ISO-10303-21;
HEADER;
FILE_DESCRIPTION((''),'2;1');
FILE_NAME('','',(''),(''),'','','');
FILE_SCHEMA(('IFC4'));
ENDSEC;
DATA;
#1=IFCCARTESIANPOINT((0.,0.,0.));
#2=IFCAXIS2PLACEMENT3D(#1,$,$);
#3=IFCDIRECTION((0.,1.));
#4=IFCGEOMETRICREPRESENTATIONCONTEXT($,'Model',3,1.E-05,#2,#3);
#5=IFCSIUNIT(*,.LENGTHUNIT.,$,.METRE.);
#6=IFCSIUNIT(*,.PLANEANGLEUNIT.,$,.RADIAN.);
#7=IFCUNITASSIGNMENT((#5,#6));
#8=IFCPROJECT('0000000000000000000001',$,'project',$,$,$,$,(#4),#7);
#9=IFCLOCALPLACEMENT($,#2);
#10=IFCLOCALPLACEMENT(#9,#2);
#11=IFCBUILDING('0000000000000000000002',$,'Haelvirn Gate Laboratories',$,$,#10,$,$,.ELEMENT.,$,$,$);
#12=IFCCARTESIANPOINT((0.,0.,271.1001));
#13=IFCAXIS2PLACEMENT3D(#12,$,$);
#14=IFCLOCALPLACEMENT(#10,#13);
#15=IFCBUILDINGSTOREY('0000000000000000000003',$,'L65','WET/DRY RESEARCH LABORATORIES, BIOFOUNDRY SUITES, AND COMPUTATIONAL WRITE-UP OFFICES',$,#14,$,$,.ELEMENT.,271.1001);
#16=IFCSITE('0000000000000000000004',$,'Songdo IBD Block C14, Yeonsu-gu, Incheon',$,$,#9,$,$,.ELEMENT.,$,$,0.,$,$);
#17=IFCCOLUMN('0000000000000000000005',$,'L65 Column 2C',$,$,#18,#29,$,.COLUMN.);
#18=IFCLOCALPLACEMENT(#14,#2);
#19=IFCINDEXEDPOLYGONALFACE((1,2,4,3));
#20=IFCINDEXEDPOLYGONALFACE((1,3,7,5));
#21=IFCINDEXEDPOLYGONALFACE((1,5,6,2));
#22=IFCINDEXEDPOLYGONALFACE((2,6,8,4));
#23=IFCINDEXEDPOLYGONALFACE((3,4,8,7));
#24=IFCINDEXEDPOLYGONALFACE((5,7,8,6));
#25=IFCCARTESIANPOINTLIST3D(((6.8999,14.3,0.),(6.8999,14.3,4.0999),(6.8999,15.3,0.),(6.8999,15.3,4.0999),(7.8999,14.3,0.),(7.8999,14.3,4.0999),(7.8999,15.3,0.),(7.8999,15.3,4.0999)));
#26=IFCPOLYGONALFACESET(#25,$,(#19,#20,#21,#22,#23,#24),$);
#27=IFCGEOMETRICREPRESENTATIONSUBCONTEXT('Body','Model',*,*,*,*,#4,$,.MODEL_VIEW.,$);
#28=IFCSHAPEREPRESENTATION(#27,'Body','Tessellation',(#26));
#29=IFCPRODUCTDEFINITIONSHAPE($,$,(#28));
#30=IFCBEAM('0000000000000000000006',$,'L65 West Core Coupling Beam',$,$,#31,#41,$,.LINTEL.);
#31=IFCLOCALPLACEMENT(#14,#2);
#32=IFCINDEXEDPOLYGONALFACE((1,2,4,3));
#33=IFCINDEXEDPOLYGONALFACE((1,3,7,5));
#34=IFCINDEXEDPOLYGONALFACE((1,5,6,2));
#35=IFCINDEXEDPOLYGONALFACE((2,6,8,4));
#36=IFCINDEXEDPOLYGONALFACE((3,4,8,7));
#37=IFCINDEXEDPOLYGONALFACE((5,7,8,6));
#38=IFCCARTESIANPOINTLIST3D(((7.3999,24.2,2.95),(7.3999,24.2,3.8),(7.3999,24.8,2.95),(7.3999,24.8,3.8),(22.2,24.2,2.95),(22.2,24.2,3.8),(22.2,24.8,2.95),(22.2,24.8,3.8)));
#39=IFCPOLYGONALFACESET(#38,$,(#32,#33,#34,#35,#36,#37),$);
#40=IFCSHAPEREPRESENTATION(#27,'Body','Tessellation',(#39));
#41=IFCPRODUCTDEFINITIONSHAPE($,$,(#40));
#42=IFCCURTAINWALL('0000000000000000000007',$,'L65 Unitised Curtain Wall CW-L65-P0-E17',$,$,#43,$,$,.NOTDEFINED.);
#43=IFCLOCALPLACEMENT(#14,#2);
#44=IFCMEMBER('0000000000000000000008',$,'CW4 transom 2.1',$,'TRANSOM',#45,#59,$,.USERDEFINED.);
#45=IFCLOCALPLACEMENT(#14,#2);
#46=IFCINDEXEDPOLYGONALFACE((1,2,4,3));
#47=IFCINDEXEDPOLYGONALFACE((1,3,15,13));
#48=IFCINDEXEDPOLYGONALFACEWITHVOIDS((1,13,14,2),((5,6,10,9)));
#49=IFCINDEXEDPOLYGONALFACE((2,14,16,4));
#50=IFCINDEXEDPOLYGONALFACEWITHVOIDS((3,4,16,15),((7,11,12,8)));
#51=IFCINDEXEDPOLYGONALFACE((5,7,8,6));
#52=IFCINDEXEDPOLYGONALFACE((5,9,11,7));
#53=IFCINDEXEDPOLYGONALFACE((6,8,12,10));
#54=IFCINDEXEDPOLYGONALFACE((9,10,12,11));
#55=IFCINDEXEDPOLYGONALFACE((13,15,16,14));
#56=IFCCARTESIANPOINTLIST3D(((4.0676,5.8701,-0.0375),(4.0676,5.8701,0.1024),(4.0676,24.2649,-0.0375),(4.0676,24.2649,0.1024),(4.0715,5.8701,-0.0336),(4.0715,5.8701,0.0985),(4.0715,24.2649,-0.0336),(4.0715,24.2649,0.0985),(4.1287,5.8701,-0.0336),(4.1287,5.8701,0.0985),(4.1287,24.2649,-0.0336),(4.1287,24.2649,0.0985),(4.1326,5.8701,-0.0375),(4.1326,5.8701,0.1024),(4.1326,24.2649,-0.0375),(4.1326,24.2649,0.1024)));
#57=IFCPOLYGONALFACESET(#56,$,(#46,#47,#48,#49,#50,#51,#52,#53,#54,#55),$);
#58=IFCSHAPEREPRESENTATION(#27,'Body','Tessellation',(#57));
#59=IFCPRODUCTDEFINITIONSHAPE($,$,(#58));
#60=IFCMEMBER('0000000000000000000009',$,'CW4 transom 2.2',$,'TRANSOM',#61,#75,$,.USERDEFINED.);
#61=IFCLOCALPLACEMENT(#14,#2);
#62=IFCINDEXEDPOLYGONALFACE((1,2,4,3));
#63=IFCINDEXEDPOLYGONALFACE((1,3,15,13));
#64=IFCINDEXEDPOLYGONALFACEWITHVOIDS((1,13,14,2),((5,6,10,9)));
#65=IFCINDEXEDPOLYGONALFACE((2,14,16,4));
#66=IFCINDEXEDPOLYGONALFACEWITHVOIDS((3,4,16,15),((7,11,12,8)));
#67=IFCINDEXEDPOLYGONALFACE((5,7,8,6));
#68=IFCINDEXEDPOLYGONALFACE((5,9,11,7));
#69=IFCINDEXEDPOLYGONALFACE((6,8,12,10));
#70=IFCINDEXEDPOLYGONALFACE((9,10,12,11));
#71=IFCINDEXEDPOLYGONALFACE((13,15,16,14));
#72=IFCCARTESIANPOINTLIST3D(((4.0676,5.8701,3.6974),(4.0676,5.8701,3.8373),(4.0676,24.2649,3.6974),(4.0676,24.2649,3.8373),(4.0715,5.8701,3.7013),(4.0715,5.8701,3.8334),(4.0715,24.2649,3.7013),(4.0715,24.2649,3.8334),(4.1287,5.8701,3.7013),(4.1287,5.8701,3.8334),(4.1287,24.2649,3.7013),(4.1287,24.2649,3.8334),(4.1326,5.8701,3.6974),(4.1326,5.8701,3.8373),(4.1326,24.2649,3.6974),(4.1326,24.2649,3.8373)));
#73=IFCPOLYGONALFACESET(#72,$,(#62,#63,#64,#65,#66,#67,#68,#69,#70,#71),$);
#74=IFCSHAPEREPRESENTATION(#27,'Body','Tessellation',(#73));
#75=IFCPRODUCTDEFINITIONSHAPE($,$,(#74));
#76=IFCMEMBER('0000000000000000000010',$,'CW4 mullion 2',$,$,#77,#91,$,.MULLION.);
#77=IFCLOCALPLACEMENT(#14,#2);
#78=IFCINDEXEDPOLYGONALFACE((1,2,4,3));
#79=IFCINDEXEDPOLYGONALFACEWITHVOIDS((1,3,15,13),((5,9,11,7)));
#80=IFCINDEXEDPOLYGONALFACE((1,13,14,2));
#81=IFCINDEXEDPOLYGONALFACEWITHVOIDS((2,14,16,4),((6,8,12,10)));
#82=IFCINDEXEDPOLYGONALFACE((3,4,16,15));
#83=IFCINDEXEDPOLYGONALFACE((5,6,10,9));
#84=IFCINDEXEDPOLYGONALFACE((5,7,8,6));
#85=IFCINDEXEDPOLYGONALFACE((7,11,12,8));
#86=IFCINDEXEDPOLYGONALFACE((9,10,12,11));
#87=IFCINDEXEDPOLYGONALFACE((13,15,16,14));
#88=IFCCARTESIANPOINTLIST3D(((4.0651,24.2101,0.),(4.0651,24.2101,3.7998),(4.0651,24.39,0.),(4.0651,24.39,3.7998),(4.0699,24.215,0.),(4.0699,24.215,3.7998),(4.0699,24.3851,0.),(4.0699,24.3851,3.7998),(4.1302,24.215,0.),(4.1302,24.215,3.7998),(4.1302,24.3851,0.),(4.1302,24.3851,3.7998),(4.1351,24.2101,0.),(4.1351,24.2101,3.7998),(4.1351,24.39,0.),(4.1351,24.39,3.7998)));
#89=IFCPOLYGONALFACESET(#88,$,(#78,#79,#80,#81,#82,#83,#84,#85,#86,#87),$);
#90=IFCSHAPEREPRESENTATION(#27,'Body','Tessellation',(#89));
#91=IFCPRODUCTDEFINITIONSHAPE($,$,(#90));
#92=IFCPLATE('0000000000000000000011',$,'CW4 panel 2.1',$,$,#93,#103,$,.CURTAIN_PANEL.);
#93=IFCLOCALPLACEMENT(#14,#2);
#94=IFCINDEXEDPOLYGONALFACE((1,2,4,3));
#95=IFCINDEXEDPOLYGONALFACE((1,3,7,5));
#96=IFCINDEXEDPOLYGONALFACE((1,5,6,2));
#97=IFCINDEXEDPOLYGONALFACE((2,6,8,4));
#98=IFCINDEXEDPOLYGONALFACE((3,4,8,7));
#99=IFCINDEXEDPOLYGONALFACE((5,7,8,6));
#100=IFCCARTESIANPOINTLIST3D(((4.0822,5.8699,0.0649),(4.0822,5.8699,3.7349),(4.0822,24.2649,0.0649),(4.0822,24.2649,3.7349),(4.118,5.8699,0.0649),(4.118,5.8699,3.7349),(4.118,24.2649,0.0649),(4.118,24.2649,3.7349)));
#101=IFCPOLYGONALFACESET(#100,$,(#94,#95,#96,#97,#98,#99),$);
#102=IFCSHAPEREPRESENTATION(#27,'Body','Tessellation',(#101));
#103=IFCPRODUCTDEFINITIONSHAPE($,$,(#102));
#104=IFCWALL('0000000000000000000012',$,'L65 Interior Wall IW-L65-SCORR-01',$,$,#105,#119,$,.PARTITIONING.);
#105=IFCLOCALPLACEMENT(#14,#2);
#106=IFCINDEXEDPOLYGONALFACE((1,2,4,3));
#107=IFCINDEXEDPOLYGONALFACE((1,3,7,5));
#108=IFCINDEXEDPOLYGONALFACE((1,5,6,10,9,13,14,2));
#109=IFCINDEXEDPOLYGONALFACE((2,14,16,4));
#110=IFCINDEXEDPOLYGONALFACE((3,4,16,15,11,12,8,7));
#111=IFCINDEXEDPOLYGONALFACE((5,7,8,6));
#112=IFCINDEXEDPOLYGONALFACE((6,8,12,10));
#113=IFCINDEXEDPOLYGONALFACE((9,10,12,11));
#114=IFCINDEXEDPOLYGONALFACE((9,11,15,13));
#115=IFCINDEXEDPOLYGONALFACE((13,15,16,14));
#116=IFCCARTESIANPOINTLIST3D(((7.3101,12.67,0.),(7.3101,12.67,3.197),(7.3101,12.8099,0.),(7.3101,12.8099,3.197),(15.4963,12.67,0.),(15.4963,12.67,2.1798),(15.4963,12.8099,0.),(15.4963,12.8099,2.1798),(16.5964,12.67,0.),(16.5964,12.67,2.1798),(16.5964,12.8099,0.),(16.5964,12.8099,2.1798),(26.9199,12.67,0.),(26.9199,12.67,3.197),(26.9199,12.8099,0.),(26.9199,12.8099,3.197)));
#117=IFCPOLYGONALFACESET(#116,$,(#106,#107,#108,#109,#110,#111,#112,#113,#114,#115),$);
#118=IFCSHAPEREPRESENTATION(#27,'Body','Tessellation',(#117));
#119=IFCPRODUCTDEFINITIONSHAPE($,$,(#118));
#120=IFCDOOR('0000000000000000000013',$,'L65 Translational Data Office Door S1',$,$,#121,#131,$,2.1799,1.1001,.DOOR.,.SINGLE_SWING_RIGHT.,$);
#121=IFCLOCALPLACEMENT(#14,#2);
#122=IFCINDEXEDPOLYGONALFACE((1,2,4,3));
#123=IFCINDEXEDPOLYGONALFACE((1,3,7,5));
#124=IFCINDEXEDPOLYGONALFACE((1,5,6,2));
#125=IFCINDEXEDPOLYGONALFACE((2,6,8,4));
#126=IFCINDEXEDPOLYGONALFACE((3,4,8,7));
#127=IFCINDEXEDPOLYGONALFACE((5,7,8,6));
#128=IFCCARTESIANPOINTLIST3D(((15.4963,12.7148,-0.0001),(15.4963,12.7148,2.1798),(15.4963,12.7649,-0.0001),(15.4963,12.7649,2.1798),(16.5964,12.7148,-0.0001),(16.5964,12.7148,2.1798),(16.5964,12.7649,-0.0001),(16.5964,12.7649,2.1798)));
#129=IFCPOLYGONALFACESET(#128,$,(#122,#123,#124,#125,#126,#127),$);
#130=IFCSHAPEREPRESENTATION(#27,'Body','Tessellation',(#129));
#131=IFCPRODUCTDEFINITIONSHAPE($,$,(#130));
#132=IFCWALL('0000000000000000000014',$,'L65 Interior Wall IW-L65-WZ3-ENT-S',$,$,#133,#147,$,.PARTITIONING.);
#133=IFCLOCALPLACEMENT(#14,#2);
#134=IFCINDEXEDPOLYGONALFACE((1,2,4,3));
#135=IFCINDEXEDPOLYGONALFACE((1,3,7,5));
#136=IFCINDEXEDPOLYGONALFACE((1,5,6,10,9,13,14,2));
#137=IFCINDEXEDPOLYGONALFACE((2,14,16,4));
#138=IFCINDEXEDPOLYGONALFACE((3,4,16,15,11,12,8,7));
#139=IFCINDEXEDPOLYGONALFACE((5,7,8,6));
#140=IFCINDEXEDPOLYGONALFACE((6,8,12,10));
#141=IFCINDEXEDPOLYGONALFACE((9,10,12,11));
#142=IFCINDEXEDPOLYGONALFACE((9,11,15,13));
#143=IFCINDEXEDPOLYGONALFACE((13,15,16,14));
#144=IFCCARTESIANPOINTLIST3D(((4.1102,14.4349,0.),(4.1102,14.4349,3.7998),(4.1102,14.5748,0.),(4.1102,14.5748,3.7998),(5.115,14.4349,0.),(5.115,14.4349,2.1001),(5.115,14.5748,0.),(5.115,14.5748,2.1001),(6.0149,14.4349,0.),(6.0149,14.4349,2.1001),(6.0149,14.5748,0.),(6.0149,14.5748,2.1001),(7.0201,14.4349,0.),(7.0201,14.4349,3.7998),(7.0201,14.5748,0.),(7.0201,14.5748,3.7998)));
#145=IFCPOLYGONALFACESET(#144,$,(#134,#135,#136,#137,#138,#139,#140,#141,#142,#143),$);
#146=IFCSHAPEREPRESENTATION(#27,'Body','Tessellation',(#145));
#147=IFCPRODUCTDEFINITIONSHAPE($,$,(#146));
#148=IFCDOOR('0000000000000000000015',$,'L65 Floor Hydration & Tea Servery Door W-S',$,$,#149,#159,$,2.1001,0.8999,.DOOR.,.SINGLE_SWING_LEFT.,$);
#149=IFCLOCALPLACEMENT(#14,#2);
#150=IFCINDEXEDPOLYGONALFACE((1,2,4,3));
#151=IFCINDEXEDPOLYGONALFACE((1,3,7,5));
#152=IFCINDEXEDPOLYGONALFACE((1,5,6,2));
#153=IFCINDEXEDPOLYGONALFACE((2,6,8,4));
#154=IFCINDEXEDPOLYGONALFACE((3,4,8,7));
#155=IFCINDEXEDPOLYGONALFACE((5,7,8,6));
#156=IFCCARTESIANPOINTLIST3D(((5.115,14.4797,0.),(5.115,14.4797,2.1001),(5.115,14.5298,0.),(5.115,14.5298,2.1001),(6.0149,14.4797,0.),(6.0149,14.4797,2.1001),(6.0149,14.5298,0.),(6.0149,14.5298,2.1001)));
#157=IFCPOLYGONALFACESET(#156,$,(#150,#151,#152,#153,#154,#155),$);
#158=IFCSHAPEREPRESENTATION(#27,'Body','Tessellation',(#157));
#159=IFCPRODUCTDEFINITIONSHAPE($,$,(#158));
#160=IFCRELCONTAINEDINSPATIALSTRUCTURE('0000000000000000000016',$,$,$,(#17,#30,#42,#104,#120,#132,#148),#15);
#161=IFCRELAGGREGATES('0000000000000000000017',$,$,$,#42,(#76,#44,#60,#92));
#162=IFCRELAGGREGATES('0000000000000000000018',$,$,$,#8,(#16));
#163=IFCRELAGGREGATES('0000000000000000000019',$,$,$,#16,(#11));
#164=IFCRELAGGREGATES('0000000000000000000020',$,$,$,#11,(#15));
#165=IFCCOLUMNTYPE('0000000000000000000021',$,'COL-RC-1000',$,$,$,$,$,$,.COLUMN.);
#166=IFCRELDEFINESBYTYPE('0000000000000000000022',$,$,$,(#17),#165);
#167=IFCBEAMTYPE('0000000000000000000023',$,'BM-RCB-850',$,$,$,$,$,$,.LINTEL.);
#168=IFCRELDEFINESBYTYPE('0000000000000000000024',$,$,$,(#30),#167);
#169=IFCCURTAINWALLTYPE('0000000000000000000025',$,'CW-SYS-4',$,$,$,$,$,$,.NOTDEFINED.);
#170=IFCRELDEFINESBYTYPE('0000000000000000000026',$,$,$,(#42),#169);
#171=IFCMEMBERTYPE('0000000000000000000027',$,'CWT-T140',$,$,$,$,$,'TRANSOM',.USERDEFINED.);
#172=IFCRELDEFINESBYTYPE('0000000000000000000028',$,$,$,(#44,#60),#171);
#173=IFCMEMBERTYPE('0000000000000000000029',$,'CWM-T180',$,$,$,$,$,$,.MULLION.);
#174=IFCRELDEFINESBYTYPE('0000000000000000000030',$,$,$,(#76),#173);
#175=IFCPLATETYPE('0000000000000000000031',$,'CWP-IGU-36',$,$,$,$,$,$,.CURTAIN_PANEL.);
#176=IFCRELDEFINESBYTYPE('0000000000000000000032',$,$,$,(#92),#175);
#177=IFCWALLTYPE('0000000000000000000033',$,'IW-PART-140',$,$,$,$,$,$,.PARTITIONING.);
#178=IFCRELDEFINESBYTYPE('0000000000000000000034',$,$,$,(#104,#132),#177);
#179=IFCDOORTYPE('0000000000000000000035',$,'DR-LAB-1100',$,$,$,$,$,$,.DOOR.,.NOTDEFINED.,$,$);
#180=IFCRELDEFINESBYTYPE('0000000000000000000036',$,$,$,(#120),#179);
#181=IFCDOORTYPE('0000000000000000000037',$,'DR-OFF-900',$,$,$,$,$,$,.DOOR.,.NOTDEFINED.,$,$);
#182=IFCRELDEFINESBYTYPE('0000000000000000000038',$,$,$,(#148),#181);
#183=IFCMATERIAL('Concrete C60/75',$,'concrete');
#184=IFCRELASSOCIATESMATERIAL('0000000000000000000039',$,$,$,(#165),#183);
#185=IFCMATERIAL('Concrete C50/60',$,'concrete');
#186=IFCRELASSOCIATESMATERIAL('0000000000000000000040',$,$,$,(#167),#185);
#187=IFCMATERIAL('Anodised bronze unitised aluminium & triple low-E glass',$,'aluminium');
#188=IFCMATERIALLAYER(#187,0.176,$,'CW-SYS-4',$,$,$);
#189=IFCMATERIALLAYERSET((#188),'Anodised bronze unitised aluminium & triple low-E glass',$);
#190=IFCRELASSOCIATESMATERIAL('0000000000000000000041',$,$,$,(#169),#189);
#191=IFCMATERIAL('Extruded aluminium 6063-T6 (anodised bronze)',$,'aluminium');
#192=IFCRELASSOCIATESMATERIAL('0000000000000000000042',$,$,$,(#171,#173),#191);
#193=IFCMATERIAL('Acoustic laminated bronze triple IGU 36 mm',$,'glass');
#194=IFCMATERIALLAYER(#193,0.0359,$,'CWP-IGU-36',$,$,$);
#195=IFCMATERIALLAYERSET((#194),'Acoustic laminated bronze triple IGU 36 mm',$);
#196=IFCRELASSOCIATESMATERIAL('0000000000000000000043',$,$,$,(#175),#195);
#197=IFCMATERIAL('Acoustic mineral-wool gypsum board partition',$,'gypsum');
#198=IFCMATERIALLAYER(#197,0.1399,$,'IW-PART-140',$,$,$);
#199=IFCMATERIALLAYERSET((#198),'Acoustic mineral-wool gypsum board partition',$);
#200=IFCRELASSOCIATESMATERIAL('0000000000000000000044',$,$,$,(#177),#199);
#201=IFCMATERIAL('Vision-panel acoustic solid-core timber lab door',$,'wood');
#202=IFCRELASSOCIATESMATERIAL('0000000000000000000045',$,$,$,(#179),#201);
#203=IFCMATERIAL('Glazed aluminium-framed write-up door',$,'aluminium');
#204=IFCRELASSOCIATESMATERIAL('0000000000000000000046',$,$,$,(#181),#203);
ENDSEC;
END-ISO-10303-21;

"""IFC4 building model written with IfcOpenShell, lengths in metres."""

from ifc_helpers import new_model, si_unit, direction, frame, frame_2d, origin, origin_2d, place, context, subcontext, project, spatial, rectangle, hollow_rectangle, extrude, source, transform, mapped, material, layer, layer_set, material_profile, profile_set, type_object, type_shapes, element, fill, aggregate, save


model = new_model("IFC4")

# Units and contexts
model_context = context("Model", 3, precision=1e-05, world=origin(), true_north=direction((0.0, 1.0)))
body_context = subcontext(model_context, "Body", "Model", "MODEL_VIEW")
ifc_project = project(units=[si_unit("LENGTHUNIT", "METRE"), si_unit("PLANEANGLEUNIT", "RADIAN")], contexts=[model_context])

# Site, building, storey
site_placement = place(None, origin())
site = spatial("IfcSite", under=ifc_project, at=site_placement, Name="Songdo IBD Block C14, Yeonsu-gu, Incheon", CompositionType="ELEMENT", RefElevation=0.0)
building_placement = place(site_placement, origin())
building = spatial("IfcBuilding", under=site, at=building_placement, Name="Haelvirn Gate Laboratories", CompositionType="ELEMENT")
storey_placement = place(building_placement, frame((0.0, 0.0, 271.1001)))
storey = spatial("IfcBuildingStorey", under=building, at=storey_placement, Name="L65", Description="WET/DRY RESEARCH LABORATORIES, BIOFOUNDRY SUITES, AND COMPUTATIONAL WRITE-UP OFFICES", CompositionType="ELEMENT", Elevation=271.1001)

# Column
ifc_material_1 = material(Name="Concrete C60/75", Category="concrete")
ifc_material_profile_1 = material_profile(ifc_material_1, rectangle(XDim=1.0, YDim=1.0, at=origin_2d()), Name="RC-1000x1000")
ifc_profile_set_1 = profile_set([ifc_material_profile_1], Name="Concrete C60/75")
column_type = type_object("IfcColumnType", Name="COL-RC-1000", PredefinedType="COLUMN", material=ifc_profile_set_1)
shared_shape_1 = source(origin(), body_context, "Body", "SweptSolid", [
    extrude(rectangle(XDim=1.0, YDim=1.0, at=origin_2d()), origin(), (0.0, 0.0, 1.0), 4.0999),
])
type_shapes(column_type, [shared_shape_1])
column_placement = place(storey_placement, frame((7.3999, 14.8, 0.0), z_axis=(0.0, 0.0, 1.0), x_axis=(1.0, 0.0, 0.0)))
element("IfcColumn", 1, at=column_placement, inside=storey, type_object=column_type, Name="L65 Column 2C", PredefinedType="COLUMN", context=body_context, shape_type="MappedRepresentation", body=[
    mapped(shared_shape_1, transform((0.0, 0.0, 0.0), scale=1.0)),
])

# Beam
ifc_material_2 = material(Name="Concrete C50/60", Category="concrete")
ifc_material_profile_2 = material_profile(ifc_material_2, rectangle(XDim=0.6001, YDim=0.8501, at=origin_2d()), Name="RCB-600x850")
ifc_profile_set_2 = profile_set([ifc_material_profile_2], Name="Concrete C50/60")
beam_type = type_object("IfcBeamType", Name="BM-RCB-850", PredefinedType="LINTEL", material=ifc_profile_set_2)
shared_shape_2 = source(origin(), body_context, "Body", "SweptSolid", [
    extrude(rectangle(XDim=0.6001, YDim=0.8501, at=origin_2d()), origin(), (0.0, 0.0, 1.0), 14.8),
])
type_shapes(beam_type, [shared_shape_2])
beam_placement = place(storey_placement, frame((7.3999, 24.5, 3.375), z_axis=(1.0, 0.0, 0.0), x_axis=(0.0, 1.0, 0.0)))
element("IfcBeam", 2, at=beam_placement, inside=storey, type_object=beam_type, Name="L65 West Core Coupling Beam", PredefinedType="LINTEL", context=body_context, shape_type="MappedRepresentation", body=[
    mapped(shared_shape_2, transform((0.0, 0.0, 0.0), scale=1.0)),
])

# Curtain wall, members, plate
ifc_material_3 = material(Name="Anodised bronze unitised aluminium & triple low-E glass", Category="aluminium")
ifc_layer_1 = layer(ifc_material_3, 0.176, Name="CW-SYS-4")
ifc_layer_set_1 = layer_set([ifc_layer_1], Name="Anodised bronze unitised aluminium & triple low-E glass")
curtain_wall_type = type_object("IfcCurtainWallType", Name="CW-SYS-4", PredefinedType="NOTDEFINED", material=ifc_layer_set_1)
curtain_wall_placement = place(storey_placement, origin())
curtain_wall = element("IfcCurtainWall", 3, at=curtain_wall_placement, inside=storey, type_object=curtain_wall_type, Name="L65 Unitised Curtain Wall CW-L65-P0-E17", PredefinedType="NOTDEFINED")
ifc_material_4 = material(Name="Extruded aluminium 6063-T6 (anodised bronze)", Category="aluminium")
ifc_material_profile_3 = material_profile(ifc_material_4, hollow_rectangle(XDim=0.0649, YDim=0.1399, WallThickness=0.0039, at=origin_2d()), Name="CWT-140x65x4")
ifc_profile_set_3 = profile_set([ifc_material_profile_3], Name="Extruded aluminium 6063-T6 (anodised bronze)")
member_type_1 = type_object("IfcMemberType", Name="CWT-T140", ElementType="TRANSOM", PredefinedType="USERDEFINED", material=ifc_profile_set_3)
shared_shape_3 = source(origin(), body_context, "Body", "SweptSolid", [
    extrude(hollow_rectangle(XDim=0.0649, YDim=0.1399, WallThickness=0.0039, at=origin_2d()), origin(), (0.0, 0.0, 1.0), 18.3948),
])
type_shapes(member_type_1, [shared_shape_3])
member_1_placement = place(storey_placement, frame((4.1001, 24.2649, 0.0325), z_axis=(0.0, -1.0, 0.0), x_axis=(1.0, 0.0, 0.0)))
member_1 = element("IfcMember", 4, at=member_1_placement, type_object=member_type_1, Name="CW4 transom 2.1", ObjectType="TRANSOM", PredefinedType="USERDEFINED", context=body_context, shape_type="MappedRepresentation", body=[
    mapped(shared_shape_3, transform((0.0, 0.0, 0.0), scale=1.0)),
])
member_2_placement = place(storey_placement, frame((4.1001, 24.2649, 3.7673), z_axis=(0.0, -1.0, 0.0), x_axis=(1.0, 0.0, 0.0)))
member_2 = element("IfcMember", 5, at=member_2_placement, type_object=member_type_1, Name="CW4 transom 2.2", ObjectType="TRANSOM", PredefinedType="USERDEFINED", context=body_context, shape_type="MappedRepresentation", body=[
    mapped(shared_shape_3, transform((0.0, 0.0, 0.0), scale=1.0)),
])
ifc_material_profile_4 = material_profile(ifc_material_4, hollow_rectangle(XDim=0.0701, YDim=0.1799, WallThickness=0.0049, at=origin_2d()), Name="CWM-180x70x5")
ifc_profile_set_4 = profile_set([ifc_material_profile_4], Name="Extruded aluminium 6063-T6 (anodised bronze)")
member_type_2 = type_object("IfcMemberType", Name="CWM-T180", PredefinedType="MULLION", material=ifc_profile_set_4)
shared_shape_4 = source(origin(), body_context, "Body", "SweptSolid", [
    extrude(hollow_rectangle(XDim=0.0701, YDim=0.1799, WallThickness=0.0049, at=origin_2d()), origin(), (0.0, 0.0, 1.0), 3.7998),
])
type_shapes(member_type_2, [shared_shape_4])
member_3_placement = place(storey_placement, frame((4.1001, 24.3, 0.0), z_axis=(0.0, 0.0, 1.0), x_axis=(1.0, 0.0, 0.0)))
member_3 = element("IfcMember", 6, at=member_3_placement, type_object=member_type_2, Name="CW4 mullion 2", PredefinedType="MULLION", context=body_context, shape_type="MappedRepresentation", body=[
    mapped(shared_shape_4, transform((0.0, 0.0, 0.0), scale=1.0)),
])
ifc_material_5 = material(Name="Acoustic laminated bronze triple IGU 36 mm", Category="glass")
ifc_layer_2 = layer(ifc_material_5, 0.0359, Name="CWP-IGU-36")
ifc_layer_set_2 = layer_set([ifc_layer_2], Name="Acoustic laminated bronze triple IGU 36 mm")
plate_type = type_object("IfcPlateType", Name="CWP-IGU-36", PredefinedType="CURTAIN_PANEL", material=ifc_layer_set_2)
shared_shape_5 = source(origin(), body_context, "Body", "SweptSolid", [
    extrude(rectangle(XDim=18.395, YDim=0.0359, at=origin_2d()), origin(), (0.0, 0.0, 1.0), 3.6699),
])
type_shapes(plate_type, [shared_shape_5])
plate_placement = place(storey_placement, frame((4.1001, 15.0674, 0.0649), z_axis=(0.0, 0.0, 1.0), x_axis=(0.0, -1.0, 0.0)))
plate = element("IfcPlate", 7, at=plate_placement, type_object=plate_type, Name="CW4 panel 2.1", PredefinedType="CURTAIN_PANEL", context=body_context, shape_type="MappedRepresentation", body=[
    mapped(shared_shape_5, transform((0.0, 0.0, 0.0), scale=1.0)),
])
aggregate(curtain_wall, [member_3, member_1, member_2, plate])

# Walls, openings, doors
ifc_material_6 = material(Name="Acoustic mineral-wool gypsum board partition", Category="gypsum")
ifc_layer_3 = layer(ifc_material_6, 0.1399, Name="IW-PART-140")
ifc_layer_set_3 = layer_set([ifc_layer_3], Name="Acoustic mineral-wool gypsum board partition")
wall_type_1 = type_object("IfcWallType", Name="IW-PART-140", PredefinedType="PARTITIONING", material=ifc_layer_set_3)
wall_1_placement = place(storey_placement, frame((7.3101, 12.74, 0.0), z_axis=(0.0, 0.0, 1.0), x_axis=(1.0, 0.0, 0.0)))
wall_1 = element("IfcWall", 8, at=wall_1_placement, inside=storey, type_object=wall_type_1, Name="L65 Interior Wall IW-L65-SCORR-01", PredefinedType="PARTITIONING", context=body_context, shape_type="SweptSolid", body=[
    extrude(rectangle(XDim=19.6099, YDim=0.1399, at=frame_2d((9.8049, 0.0))), origin(), (0.0, 0.0, 1.0), 3.197),
])
opening_1_placement = place(wall_1_placement, frame((8.1863, 0.0, 0.0)))
opening_1 = element("IfcOpeningElement", 9, at=opening_1_placement, cuts=wall_1, PredefinedType="OPENING", context=body_context, shape_type="SweptSolid", body=[
    extrude(rectangle(XDim=1.1001, YDim=2.1799, at=frame_2d((0.55, 1.0898))), frame((0.0, 0.0801, 0.0), z_axis=(0.0, -1.0, 0.0), x_axis=(1.0, 0.0, 0.0)), (0.0, 0.0, 1.0), 0.1599),
])
ifc_material_7 = material(Name="Vision-panel acoustic solid-core timber lab door", Category="wood")
door_type_1 = type_object("IfcDoorType", Name="DR-LAB-1100", OperationType="NOTDEFINED", PredefinedType="DOOR", material=ifc_material_7)
shared_shape_6 = source(origin(), body_context, "Body", "SweptSolid", [
    extrude(rectangle(XDim=1.1001, YDim=2.1799, at=frame_2d((0.55, 1.0898))), frame((0.0, 0.0249, 0.0), z_axis=(0.0, -1.0, 0.0), x_axis=(1.0, 0.0, 0.0)), (0.0, 0.0, 1.0), 0.05),
])
type_shapes(door_type_1, [shared_shape_6])
door_1_placement = place(opening_1_placement, origin())
door_1 = element("IfcDoor", 10, at=door_1_placement, inside=storey, type_object=door_type_1, Name="L65 Translational Data Office Door S1", OperationType="SINGLE_SWING_RIGHT", OverallHeight=2.1799, OverallWidth=1.1001, PredefinedType="DOOR", context=body_context, shape_type="MappedRepresentation", body=[
    mapped(shared_shape_6, transform((0.0, 0.0, 0.0), scale=1.0)),
])
fill(opening_1, door_1)
wall_2_placement = place(storey_placement, frame((4.1101, 14.5049, 0.0), z_axis=(0.0, 0.0, 1.0), x_axis=(1.0, 0.0, 0.0)))
wall_2 = element("IfcWall", 11, at=wall_2_placement, inside=storey, type_object=wall_type_1, Name="L65 Interior Wall IW-L65-WZ3-ENT-S", PredefinedType="PARTITIONING", context=body_context, shape_type="SweptSolid", body=[
    extrude(rectangle(XDim=2.9099, YDim=0.1399, at=frame_2d((1.4551, 0.0))), origin(), (0.0, 0.0, 1.0), 3.7998),
])
opening_2_placement = place(wall_2_placement, frame((1.0049, 0.0, 0.0)))
opening_2 = element("IfcOpeningElement", 12, at=opening_2_placement, cuts=wall_2, PredefinedType="OPENING", context=body_context, shape_type="SweptSolid", body=[
    extrude(rectangle(XDim=0.8999, YDim=2.1001, at=frame_2d((0.45, 1.05))), frame((0.0, 0.0801, 0.0), z_axis=(0.0, -1.0, 0.0), x_axis=(1.0, 0.0, 0.0)), (0.0, 0.0, 1.0), 0.1599),
])
ifc_material_8 = material(Name="Glazed aluminium-framed write-up door", Category="aluminium")
door_type_2 = type_object("IfcDoorType", Name="DR-OFF-900", OperationType="NOTDEFINED", PredefinedType="DOOR", material=ifc_material_8)
shared_shape_7 = source(origin(), body_context, "Body", "SweptSolid", [
    extrude(rectangle(XDim=0.8999, YDim=2.1001, at=frame_2d((0.45, 1.05))), frame((0.0, 0.0249, 0.0), z_axis=(0.0, -1.0, 0.0), x_axis=(1.0, 0.0, 0.0)), (0.0, 0.0, 1.0), 0.05),
])
type_shapes(door_type_2, [shared_shape_7])
door_2_placement = place(opening_2_placement, origin())
door_2 = element("IfcDoor", 13, at=door_2_placement, inside=storey, type_object=door_type_2, Name="L65 Floor Hydration & Tea Servery Door W-S", OperationType="SINGLE_SWING_LEFT", OverallHeight=2.1001, OverallWidth=0.8999, PredefinedType="DOOR", context=body_context, shape_type="MappedRepresentation", body=[
    mapped(shared_shape_7, transform((0.0, 0.0, 0.0), scale=1.0)),
])
fill(opening_2, door_2)

save(model, "model.ifc")
